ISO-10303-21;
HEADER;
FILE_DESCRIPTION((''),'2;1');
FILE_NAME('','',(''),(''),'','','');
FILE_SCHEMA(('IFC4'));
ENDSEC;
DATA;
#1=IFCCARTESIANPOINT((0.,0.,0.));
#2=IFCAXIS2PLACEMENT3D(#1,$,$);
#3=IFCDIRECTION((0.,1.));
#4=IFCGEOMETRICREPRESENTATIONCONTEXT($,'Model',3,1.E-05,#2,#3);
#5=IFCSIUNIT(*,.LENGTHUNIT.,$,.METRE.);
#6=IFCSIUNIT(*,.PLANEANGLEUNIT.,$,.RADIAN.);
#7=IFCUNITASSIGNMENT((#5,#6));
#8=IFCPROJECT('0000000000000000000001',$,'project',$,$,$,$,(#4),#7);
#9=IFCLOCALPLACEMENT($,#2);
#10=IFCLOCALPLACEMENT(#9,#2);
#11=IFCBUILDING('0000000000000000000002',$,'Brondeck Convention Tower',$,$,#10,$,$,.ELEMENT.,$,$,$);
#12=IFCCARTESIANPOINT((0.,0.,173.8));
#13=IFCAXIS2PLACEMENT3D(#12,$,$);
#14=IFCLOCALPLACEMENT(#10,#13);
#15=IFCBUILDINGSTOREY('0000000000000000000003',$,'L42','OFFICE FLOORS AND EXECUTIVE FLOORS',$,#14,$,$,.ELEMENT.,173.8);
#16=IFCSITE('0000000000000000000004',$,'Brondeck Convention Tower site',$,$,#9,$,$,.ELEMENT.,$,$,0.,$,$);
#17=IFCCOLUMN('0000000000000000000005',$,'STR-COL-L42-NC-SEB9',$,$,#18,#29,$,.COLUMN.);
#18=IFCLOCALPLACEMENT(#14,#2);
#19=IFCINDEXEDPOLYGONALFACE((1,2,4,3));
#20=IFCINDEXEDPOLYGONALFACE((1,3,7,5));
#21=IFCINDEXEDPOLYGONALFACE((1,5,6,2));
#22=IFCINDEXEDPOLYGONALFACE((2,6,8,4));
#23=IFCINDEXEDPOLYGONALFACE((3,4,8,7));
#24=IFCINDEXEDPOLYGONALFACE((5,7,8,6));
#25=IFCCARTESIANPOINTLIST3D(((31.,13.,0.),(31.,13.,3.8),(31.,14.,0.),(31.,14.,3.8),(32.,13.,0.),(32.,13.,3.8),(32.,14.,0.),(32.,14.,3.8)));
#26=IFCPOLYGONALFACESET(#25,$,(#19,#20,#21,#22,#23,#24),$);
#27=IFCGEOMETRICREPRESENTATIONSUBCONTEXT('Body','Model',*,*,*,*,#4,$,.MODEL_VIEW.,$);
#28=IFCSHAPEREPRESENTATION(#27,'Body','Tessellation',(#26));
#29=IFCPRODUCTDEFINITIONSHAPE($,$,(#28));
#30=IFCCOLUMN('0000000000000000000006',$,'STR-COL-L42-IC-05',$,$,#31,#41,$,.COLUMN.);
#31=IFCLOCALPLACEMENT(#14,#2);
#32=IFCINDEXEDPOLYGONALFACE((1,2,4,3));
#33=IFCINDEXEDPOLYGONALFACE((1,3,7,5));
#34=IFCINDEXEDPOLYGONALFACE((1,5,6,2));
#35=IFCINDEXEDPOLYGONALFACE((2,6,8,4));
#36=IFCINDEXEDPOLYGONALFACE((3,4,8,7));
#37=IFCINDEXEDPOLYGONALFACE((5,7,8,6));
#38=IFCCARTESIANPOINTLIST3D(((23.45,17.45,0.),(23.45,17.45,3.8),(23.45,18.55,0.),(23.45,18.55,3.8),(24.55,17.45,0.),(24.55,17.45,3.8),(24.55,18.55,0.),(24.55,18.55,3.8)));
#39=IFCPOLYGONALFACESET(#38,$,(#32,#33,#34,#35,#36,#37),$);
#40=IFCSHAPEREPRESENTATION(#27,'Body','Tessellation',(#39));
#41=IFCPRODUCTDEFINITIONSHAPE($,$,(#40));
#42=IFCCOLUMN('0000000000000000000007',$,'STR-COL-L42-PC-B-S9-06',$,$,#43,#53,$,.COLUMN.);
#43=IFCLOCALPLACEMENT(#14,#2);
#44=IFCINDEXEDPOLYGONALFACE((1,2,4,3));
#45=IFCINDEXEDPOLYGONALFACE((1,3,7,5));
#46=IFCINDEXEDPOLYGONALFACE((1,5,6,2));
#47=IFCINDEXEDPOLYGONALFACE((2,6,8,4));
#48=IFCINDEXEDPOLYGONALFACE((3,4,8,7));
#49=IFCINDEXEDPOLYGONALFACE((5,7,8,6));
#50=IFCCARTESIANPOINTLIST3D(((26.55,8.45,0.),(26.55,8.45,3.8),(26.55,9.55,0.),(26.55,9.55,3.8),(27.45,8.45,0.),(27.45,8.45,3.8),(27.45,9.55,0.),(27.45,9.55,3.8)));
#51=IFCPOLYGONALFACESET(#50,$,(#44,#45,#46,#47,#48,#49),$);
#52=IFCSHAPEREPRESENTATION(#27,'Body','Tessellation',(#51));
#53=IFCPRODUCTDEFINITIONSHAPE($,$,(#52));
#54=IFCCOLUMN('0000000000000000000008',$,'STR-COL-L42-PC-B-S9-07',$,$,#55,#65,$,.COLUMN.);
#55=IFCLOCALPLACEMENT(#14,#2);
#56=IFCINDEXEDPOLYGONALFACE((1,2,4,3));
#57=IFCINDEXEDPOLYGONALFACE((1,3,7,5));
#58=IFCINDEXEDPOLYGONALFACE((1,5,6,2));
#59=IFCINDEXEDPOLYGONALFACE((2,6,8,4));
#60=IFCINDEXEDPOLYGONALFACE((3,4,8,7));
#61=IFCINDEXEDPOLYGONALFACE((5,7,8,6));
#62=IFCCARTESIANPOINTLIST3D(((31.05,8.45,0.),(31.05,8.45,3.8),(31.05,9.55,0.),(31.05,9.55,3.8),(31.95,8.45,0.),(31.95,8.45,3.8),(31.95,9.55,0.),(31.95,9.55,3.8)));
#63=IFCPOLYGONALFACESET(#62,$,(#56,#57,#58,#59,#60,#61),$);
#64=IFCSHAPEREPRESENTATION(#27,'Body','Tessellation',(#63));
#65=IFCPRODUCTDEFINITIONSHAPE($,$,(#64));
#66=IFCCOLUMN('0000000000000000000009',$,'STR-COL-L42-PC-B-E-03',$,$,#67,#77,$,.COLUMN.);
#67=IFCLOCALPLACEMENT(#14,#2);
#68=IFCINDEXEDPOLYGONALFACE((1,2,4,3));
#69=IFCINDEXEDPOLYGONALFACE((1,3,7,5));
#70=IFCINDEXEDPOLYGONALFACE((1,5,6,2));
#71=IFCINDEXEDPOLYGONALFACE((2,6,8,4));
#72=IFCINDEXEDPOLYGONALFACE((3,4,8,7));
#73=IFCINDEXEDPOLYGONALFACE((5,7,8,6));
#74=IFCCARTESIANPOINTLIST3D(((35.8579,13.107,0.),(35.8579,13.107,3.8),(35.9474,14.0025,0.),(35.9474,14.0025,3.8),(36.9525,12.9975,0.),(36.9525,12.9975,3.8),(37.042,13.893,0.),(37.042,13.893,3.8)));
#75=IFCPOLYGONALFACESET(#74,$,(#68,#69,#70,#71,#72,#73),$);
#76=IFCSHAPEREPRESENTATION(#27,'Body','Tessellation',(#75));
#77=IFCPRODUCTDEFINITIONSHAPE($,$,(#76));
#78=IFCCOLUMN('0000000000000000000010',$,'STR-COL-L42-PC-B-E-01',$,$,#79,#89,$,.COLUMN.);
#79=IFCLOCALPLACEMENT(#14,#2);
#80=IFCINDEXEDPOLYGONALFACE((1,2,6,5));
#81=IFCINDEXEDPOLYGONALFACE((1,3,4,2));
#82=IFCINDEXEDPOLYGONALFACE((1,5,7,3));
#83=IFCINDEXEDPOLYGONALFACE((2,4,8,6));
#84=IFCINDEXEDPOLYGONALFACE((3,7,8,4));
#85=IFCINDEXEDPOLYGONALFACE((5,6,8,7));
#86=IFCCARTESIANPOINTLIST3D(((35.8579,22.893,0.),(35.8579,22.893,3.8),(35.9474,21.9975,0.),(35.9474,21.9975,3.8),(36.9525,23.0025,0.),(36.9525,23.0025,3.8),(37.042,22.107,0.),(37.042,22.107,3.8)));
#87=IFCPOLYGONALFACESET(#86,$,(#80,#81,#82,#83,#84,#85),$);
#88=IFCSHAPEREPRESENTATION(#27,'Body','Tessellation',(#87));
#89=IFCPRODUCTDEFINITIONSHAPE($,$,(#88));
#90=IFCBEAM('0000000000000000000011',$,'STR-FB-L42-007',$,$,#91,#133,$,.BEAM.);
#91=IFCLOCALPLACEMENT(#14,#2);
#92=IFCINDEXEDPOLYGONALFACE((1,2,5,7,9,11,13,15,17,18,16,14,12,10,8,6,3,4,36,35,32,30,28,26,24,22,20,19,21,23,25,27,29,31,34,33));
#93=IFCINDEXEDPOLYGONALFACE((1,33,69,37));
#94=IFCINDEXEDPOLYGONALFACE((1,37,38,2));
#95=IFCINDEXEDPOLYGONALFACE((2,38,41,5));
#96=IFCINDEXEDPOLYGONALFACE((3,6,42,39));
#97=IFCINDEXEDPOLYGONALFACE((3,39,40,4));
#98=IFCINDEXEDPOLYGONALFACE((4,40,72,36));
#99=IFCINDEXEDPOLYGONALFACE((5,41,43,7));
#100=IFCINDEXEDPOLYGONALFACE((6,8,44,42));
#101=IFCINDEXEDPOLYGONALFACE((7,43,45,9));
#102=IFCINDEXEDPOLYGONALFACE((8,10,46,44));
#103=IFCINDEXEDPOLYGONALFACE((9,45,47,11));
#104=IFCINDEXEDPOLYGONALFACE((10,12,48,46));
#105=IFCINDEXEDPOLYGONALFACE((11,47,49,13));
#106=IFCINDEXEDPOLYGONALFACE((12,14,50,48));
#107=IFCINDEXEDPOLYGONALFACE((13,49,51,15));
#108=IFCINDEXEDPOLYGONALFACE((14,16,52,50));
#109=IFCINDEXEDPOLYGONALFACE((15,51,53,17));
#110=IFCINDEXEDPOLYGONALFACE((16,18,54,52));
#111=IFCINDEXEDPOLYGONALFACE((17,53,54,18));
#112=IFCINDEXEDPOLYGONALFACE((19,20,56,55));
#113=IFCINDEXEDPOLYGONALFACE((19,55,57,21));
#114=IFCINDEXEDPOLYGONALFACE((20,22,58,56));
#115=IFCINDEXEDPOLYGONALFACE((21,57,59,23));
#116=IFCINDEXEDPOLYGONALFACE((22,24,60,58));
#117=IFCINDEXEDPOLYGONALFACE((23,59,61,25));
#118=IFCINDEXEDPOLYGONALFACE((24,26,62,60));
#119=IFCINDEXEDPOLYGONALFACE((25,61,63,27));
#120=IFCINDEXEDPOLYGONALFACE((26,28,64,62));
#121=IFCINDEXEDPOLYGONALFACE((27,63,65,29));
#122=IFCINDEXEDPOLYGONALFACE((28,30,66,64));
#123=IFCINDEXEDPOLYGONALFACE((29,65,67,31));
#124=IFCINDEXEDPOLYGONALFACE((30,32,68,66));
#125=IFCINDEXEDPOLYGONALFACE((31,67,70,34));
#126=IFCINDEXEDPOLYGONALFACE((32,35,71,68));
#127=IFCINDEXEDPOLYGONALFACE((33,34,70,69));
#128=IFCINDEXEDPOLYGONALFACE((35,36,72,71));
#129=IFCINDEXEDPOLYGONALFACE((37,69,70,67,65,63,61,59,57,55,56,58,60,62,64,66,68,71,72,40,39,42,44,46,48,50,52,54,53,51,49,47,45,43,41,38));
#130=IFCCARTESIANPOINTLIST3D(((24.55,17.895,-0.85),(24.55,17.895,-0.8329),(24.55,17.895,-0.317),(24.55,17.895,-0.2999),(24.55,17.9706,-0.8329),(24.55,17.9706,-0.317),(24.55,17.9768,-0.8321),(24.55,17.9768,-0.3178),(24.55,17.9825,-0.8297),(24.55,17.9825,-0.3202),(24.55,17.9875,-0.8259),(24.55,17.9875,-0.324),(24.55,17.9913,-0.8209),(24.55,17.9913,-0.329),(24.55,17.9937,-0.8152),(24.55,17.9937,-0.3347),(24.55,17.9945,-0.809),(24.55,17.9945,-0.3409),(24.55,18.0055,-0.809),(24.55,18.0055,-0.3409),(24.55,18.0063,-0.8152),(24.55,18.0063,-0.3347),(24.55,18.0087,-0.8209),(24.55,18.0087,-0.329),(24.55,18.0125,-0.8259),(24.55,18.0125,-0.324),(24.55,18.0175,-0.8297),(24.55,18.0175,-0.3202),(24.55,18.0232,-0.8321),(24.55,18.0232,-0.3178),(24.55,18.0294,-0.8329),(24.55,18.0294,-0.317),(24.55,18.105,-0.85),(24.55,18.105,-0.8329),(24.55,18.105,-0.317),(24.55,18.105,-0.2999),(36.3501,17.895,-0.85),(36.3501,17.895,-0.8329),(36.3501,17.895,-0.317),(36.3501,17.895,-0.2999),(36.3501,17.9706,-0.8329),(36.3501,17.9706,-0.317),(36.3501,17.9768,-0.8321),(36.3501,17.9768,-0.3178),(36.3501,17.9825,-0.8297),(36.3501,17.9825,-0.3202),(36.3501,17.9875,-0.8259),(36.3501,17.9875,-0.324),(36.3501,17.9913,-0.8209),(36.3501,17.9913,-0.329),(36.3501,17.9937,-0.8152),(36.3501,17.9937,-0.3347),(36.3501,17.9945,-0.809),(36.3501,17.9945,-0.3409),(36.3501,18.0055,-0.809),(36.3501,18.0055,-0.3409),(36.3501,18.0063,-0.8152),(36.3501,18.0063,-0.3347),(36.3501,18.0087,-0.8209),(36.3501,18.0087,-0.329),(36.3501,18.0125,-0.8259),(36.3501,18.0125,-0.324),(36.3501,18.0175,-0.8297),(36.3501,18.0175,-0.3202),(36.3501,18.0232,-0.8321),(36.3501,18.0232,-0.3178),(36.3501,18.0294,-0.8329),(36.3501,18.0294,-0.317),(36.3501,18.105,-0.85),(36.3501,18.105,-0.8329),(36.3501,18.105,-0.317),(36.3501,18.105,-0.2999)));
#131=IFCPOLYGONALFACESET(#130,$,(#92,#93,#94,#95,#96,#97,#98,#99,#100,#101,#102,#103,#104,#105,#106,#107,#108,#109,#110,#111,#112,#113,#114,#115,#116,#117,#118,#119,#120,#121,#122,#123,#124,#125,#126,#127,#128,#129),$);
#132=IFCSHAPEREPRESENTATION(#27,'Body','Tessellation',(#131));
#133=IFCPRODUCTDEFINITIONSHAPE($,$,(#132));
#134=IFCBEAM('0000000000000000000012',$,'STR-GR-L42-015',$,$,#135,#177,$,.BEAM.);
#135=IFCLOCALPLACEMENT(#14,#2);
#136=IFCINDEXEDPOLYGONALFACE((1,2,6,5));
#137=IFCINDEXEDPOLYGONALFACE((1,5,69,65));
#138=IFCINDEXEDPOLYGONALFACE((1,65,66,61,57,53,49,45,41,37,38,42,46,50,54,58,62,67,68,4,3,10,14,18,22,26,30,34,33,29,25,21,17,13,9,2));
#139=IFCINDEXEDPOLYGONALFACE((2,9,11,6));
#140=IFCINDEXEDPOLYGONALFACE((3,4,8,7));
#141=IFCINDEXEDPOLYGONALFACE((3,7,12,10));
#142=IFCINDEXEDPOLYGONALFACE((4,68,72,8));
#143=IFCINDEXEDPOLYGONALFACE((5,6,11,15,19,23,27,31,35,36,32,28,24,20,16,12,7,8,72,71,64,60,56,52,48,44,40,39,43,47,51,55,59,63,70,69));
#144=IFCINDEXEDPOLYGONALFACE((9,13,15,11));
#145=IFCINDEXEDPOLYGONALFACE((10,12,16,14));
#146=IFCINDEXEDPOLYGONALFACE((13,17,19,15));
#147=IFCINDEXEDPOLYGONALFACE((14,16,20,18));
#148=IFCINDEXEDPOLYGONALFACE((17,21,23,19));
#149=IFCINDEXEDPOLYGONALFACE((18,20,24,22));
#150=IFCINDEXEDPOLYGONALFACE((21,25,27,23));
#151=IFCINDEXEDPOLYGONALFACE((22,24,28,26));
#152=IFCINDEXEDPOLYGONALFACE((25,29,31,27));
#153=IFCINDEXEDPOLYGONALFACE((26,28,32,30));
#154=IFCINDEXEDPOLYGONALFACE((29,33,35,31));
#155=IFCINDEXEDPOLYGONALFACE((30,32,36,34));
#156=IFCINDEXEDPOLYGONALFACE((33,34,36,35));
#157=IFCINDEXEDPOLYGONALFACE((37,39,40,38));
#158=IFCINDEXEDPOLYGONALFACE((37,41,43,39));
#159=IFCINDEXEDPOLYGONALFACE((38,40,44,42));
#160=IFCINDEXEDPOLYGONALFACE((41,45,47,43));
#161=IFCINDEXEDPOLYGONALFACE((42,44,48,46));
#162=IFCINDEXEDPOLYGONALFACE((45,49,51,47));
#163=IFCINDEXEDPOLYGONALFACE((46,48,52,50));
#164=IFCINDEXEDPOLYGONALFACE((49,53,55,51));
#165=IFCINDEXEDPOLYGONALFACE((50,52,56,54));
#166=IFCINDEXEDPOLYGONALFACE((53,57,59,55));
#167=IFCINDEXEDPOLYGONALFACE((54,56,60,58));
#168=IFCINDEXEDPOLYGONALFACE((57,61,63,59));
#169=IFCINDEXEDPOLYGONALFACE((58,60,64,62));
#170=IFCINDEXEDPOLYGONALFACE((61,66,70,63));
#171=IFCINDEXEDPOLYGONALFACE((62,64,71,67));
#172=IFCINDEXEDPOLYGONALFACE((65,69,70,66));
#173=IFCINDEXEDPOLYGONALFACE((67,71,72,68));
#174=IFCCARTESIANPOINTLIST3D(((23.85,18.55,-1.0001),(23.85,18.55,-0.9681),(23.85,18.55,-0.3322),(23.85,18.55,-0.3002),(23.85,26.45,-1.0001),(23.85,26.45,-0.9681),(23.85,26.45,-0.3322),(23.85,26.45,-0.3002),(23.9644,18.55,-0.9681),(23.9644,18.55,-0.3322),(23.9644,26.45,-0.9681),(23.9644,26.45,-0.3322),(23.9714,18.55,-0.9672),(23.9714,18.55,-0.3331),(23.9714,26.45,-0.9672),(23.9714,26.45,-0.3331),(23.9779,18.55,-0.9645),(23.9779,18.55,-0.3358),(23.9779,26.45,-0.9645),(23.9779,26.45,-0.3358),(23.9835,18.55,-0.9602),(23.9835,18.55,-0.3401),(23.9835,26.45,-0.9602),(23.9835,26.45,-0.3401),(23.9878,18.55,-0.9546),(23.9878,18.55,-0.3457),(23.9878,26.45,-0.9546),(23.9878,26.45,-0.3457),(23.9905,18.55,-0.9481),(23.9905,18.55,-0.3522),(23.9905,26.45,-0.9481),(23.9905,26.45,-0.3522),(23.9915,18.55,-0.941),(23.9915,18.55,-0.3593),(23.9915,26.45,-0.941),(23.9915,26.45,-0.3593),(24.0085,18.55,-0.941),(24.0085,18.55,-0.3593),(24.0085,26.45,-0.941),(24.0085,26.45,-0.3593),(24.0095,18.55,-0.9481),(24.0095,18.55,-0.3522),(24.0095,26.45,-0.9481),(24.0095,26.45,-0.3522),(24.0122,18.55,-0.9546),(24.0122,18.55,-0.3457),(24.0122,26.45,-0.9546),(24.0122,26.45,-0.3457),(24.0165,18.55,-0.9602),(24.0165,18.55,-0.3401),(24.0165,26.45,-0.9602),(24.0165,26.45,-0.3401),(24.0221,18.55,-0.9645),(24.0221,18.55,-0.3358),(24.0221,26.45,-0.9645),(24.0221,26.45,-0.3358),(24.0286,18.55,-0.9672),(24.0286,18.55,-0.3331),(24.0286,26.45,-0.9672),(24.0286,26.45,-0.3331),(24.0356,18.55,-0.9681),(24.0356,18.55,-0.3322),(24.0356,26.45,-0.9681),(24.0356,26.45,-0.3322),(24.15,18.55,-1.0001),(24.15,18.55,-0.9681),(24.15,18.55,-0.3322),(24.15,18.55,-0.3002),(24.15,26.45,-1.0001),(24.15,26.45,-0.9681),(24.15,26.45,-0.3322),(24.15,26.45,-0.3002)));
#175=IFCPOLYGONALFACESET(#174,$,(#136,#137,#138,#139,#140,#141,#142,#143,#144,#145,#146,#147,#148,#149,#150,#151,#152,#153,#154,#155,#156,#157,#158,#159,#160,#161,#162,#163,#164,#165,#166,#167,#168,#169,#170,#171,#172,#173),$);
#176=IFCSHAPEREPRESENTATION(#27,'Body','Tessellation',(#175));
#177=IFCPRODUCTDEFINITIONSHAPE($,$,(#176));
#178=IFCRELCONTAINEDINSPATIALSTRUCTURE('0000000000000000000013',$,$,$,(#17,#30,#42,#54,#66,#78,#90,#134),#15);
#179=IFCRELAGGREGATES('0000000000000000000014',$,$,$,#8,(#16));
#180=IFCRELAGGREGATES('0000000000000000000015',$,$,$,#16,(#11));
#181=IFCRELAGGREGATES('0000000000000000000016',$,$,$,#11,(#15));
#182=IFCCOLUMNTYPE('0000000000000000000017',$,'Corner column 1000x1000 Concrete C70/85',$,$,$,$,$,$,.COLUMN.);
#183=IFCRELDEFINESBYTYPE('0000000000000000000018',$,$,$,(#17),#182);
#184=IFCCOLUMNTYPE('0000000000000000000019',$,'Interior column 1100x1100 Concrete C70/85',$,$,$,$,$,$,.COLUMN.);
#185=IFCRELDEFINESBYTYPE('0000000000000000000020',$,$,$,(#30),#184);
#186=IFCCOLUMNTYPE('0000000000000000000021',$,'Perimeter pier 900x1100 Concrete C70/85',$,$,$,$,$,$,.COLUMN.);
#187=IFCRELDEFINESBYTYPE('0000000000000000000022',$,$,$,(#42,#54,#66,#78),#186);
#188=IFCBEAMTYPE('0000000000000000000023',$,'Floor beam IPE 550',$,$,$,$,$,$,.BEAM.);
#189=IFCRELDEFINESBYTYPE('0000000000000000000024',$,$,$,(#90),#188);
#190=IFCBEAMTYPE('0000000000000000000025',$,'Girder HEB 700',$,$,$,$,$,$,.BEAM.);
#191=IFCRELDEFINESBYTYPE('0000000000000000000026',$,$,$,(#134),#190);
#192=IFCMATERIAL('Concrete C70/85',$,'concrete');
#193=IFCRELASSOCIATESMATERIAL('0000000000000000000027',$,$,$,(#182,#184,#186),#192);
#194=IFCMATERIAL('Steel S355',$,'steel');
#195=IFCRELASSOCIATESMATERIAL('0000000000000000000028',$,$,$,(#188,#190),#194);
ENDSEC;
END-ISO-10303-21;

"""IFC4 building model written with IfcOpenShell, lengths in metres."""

from ifc_helpers import new_model, si_unit, direction, frame, origin, origin_2d, place, context, subcontext, project, spatial, rectangle, i_section, extrude, material, material_profile, profile_set, type_object, element, save


model = new_model("IFC4")

# Units and contexts
model_context = context("Model", 3, precision=1e-05, world=origin(), true_north=direction((0.0, 1.0)))
body_context = subcontext(model_context, "Body", "Model", "MODEL_VIEW")
ifc_project = project(units=[si_unit("LENGTHUNIT", "METRE"), si_unit("PLANEANGLEUNIT", "RADIAN")], contexts=[model_context])

# Site, building, storey
site_placement = place(None, origin())
site = spatial("IfcSite", under=ifc_project, at=site_placement, Name="Brondeck Convention Tower site", CompositionType="ELEMENT", RefElevation=0.0)
building_placement = place(site_placement, origin())
building = spatial("IfcBuilding", under=site, at=building_placement, Name="Brondeck Convention Tower", CompositionType="ELEMENT")
storey_placement = place(building_placement, frame((0.0, 0.0, 173.8)))
storey = spatial("IfcBuildingStorey", under=building, at=storey_placement, Name="L42", Description="OFFICE FLOORS AND EXECUTIVE FLOORS", CompositionType="ELEMENT", Elevation=173.8)

# Columns
ifc_material_1 = material(Name="Concrete C70/85", Category="concrete")
ifc_material_profile_1 = material_profile(ifc_material_1, rectangle(XDim=1.0, YDim=1.0, at=origin_2d()), Name="Corner column 1000x1000 Concrete C70/85")
ifc_profile_set_1 = profile_set([ifc_material_profile_1], Name="Concrete C70/85")
column_type_1 = type_object("IfcColumnType", Name="Corner column 1000x1000 Concrete C70/85", PredefinedType="COLUMN", material=ifc_profile_set_1)
column_1_placement = place(storey_placement, frame((31.5, 13.5, 0.0), z_axis=(0.0, 0.0, 1.0), x_axis=(1.0, 0.0, 0.0)))
element("IfcColumn", 1, at=column_1_placement, inside=storey, type_object=column_type_1, Name="STR-COL-L42-NC-SEB9", PredefinedType="COLUMN", context=body_context, shape_type="SweptSolid", body=[
    extrude(rectangle(XDim=1.0, YDim=1.0, at=origin_2d()), origin(), (0.0, 0.0, 1.0), 3.8),
])
ifc_material_profile_2 = material_profile(ifc_material_1, rectangle(XDim=1.1001, YDim=1.1001, at=origin_2d()), Name="Interior column 1100x1100 Concrete C70/85")
ifc_profile_set_2 = profile_set([ifc_material_profile_2], Name="Concrete C70/85")
column_type_2 = type_object("IfcColumnType", Name="Interior column 1100x1100 Concrete C70/85", PredefinedType="COLUMN", material=ifc_profile_set_2)
column_2_placement = place(storey_placement, frame((24.0, 18.0, 0.0), z_axis=(0.0, 0.0, 1.0), x_axis=(1.0, 0.0, 0.0)))
element("IfcColumn", 2, at=column_2_placement, inside=storey, type_object=column_type_2, Name="STR-COL-L42-IC-05", PredefinedType="COLUMN", context=body_context, shape_type="SweptSolid", body=[
    extrude(rectangle(XDim=1.1001, YDim=1.1001, at=origin_2d()), origin(), (0.0, 0.0, 1.0), 3.8),
])
ifc_material_profile_3 = material_profile(ifc_material_1, rectangle(XDim=0.8999, YDim=1.1001, at=origin_2d()), Name="Perimeter pier 900x1100 Concrete C70/85")
ifc_profile_set_3 = profile_set([ifc_material_profile_3], Name="Concrete C70/85")
column_type_3 = type_object("IfcColumnType", Name="Perimeter pier 900x1100 Concrete C70/85", PredefinedType="COLUMN", material=ifc_profile_set_3)
for number, where, z_axis, x_axis, name in (
    (3, (27.0, 9.0, 0.0), (0.0, 0.0, 1.0), (1.0, 0.0, 0.0), "STR-COL-L42-PC-B-S9-06"),
    (4, (31.5, 9.0, 0.0), (0.0, 0.0, 1.0), (1.0, 0.0, 0.0), "STR-COL-L42-PC-B-S9-07"),
    (5, (36.45, 13.5, 0.0), (0.0, 0.0, 1.0), (0.099504, 0.995037, 0.0), "STR-COL-L42-PC-B-E-03"),
    (6, (36.45, 22.5, 0.0), (0.0, 0.0, 1.0), (-0.099504, 0.995037, 0.0), "STR-COL-L42-PC-B-E-01"),
):
    element("IfcColumn", number, at=place(storey_placement, frame(where, z_axis=z_axis, x_axis=x_axis)), inside=storey, type_object=column_type_3, Name=name, PredefinedType="COLUMN", context=body_context, shape_type="SweptSolid", body=[
        extrude(rectangle(XDim=0.8999, YDim=1.1001, at=origin_2d()), origin(), (0.0, 0.0, 1.0), 3.8),
    ])

# Beams
ifc_material_2 = material(Name="Steel S355", Category="steel")
ifc_material_profile_4 = material_profile(ifc_material_2, i_section(OverallWidth=0.21, OverallDepth=0.55, WebThickness=0.011, FlangeThickness=0.0171, FilletRadius=0.0239, at=origin_2d()), Name="IPE 550")
ifc_profile_set_4 = profile_set([ifc_material_profile_4], Name="Steel S355")
beam_type_1 = type_object("IfcBeamType", Name="Floor beam IPE 550", PredefinedType="BEAM", material=ifc_profile_set_4)
beam_1_placement = place(storey_placement, frame((24.55, 18.0, -0.575), z_axis=(1.0, 0.0, 0.0), x_axis=(0.0, 1.0, 0.0)))
element("IfcBeam", 7, at=beam_1_placement, inside=storey, type_object=beam_type_1, Name="STR-FB-L42-007", PredefinedType="BEAM", context=body_context, shape_type="SweptSolid", body=[
    extrude(i_section(OverallWidth=0.21, OverallDepth=0.55, WebThickness=0.011, FlangeThickness=0.0171, FilletRadius=0.0239, at=origin_2d()), origin(), (0.0, 0.0, 1.0), 11.8),
])
ifc_material_profile_5 = material_profile(ifc_material_2, i_section(OverallWidth=0.3, OverallDepth=0.7, WebThickness=0.0171, FlangeThickness=0.032, FilletRadius=0.0271, at=origin_2d()), Name="HEB 700")
ifc_profile_set_5 = profile_set([ifc_material_profile_5], Name="Steel S355")
beam_type_2 = type_object("IfcBeamType", Name="Girder HEB 700", PredefinedType="BEAM", material=ifc_profile_set_5)
beam_2_placement = place(storey_placement, frame((24.0, 26.45, -0.6501), z_axis=(0.0, -1.0, 0.0), x_axis=(1.0, 0.0, 0.0)))
element("IfcBeam", 8, at=beam_2_placement, inside=storey, type_object=beam_type_2, Name="STR-GR-L42-015", PredefinedType="BEAM", context=body_context, shape_type="SweptSolid", body=[
    extrude(i_section(OverallWidth=0.3, OverallDepth=0.7, WebThickness=0.0171, FlangeThickness=0.032, FilletRadius=0.0271, at=origin_2d()), origin(), (0.0, 0.0, 1.0), 7.8999),
])

save(model, "model.ifc")
